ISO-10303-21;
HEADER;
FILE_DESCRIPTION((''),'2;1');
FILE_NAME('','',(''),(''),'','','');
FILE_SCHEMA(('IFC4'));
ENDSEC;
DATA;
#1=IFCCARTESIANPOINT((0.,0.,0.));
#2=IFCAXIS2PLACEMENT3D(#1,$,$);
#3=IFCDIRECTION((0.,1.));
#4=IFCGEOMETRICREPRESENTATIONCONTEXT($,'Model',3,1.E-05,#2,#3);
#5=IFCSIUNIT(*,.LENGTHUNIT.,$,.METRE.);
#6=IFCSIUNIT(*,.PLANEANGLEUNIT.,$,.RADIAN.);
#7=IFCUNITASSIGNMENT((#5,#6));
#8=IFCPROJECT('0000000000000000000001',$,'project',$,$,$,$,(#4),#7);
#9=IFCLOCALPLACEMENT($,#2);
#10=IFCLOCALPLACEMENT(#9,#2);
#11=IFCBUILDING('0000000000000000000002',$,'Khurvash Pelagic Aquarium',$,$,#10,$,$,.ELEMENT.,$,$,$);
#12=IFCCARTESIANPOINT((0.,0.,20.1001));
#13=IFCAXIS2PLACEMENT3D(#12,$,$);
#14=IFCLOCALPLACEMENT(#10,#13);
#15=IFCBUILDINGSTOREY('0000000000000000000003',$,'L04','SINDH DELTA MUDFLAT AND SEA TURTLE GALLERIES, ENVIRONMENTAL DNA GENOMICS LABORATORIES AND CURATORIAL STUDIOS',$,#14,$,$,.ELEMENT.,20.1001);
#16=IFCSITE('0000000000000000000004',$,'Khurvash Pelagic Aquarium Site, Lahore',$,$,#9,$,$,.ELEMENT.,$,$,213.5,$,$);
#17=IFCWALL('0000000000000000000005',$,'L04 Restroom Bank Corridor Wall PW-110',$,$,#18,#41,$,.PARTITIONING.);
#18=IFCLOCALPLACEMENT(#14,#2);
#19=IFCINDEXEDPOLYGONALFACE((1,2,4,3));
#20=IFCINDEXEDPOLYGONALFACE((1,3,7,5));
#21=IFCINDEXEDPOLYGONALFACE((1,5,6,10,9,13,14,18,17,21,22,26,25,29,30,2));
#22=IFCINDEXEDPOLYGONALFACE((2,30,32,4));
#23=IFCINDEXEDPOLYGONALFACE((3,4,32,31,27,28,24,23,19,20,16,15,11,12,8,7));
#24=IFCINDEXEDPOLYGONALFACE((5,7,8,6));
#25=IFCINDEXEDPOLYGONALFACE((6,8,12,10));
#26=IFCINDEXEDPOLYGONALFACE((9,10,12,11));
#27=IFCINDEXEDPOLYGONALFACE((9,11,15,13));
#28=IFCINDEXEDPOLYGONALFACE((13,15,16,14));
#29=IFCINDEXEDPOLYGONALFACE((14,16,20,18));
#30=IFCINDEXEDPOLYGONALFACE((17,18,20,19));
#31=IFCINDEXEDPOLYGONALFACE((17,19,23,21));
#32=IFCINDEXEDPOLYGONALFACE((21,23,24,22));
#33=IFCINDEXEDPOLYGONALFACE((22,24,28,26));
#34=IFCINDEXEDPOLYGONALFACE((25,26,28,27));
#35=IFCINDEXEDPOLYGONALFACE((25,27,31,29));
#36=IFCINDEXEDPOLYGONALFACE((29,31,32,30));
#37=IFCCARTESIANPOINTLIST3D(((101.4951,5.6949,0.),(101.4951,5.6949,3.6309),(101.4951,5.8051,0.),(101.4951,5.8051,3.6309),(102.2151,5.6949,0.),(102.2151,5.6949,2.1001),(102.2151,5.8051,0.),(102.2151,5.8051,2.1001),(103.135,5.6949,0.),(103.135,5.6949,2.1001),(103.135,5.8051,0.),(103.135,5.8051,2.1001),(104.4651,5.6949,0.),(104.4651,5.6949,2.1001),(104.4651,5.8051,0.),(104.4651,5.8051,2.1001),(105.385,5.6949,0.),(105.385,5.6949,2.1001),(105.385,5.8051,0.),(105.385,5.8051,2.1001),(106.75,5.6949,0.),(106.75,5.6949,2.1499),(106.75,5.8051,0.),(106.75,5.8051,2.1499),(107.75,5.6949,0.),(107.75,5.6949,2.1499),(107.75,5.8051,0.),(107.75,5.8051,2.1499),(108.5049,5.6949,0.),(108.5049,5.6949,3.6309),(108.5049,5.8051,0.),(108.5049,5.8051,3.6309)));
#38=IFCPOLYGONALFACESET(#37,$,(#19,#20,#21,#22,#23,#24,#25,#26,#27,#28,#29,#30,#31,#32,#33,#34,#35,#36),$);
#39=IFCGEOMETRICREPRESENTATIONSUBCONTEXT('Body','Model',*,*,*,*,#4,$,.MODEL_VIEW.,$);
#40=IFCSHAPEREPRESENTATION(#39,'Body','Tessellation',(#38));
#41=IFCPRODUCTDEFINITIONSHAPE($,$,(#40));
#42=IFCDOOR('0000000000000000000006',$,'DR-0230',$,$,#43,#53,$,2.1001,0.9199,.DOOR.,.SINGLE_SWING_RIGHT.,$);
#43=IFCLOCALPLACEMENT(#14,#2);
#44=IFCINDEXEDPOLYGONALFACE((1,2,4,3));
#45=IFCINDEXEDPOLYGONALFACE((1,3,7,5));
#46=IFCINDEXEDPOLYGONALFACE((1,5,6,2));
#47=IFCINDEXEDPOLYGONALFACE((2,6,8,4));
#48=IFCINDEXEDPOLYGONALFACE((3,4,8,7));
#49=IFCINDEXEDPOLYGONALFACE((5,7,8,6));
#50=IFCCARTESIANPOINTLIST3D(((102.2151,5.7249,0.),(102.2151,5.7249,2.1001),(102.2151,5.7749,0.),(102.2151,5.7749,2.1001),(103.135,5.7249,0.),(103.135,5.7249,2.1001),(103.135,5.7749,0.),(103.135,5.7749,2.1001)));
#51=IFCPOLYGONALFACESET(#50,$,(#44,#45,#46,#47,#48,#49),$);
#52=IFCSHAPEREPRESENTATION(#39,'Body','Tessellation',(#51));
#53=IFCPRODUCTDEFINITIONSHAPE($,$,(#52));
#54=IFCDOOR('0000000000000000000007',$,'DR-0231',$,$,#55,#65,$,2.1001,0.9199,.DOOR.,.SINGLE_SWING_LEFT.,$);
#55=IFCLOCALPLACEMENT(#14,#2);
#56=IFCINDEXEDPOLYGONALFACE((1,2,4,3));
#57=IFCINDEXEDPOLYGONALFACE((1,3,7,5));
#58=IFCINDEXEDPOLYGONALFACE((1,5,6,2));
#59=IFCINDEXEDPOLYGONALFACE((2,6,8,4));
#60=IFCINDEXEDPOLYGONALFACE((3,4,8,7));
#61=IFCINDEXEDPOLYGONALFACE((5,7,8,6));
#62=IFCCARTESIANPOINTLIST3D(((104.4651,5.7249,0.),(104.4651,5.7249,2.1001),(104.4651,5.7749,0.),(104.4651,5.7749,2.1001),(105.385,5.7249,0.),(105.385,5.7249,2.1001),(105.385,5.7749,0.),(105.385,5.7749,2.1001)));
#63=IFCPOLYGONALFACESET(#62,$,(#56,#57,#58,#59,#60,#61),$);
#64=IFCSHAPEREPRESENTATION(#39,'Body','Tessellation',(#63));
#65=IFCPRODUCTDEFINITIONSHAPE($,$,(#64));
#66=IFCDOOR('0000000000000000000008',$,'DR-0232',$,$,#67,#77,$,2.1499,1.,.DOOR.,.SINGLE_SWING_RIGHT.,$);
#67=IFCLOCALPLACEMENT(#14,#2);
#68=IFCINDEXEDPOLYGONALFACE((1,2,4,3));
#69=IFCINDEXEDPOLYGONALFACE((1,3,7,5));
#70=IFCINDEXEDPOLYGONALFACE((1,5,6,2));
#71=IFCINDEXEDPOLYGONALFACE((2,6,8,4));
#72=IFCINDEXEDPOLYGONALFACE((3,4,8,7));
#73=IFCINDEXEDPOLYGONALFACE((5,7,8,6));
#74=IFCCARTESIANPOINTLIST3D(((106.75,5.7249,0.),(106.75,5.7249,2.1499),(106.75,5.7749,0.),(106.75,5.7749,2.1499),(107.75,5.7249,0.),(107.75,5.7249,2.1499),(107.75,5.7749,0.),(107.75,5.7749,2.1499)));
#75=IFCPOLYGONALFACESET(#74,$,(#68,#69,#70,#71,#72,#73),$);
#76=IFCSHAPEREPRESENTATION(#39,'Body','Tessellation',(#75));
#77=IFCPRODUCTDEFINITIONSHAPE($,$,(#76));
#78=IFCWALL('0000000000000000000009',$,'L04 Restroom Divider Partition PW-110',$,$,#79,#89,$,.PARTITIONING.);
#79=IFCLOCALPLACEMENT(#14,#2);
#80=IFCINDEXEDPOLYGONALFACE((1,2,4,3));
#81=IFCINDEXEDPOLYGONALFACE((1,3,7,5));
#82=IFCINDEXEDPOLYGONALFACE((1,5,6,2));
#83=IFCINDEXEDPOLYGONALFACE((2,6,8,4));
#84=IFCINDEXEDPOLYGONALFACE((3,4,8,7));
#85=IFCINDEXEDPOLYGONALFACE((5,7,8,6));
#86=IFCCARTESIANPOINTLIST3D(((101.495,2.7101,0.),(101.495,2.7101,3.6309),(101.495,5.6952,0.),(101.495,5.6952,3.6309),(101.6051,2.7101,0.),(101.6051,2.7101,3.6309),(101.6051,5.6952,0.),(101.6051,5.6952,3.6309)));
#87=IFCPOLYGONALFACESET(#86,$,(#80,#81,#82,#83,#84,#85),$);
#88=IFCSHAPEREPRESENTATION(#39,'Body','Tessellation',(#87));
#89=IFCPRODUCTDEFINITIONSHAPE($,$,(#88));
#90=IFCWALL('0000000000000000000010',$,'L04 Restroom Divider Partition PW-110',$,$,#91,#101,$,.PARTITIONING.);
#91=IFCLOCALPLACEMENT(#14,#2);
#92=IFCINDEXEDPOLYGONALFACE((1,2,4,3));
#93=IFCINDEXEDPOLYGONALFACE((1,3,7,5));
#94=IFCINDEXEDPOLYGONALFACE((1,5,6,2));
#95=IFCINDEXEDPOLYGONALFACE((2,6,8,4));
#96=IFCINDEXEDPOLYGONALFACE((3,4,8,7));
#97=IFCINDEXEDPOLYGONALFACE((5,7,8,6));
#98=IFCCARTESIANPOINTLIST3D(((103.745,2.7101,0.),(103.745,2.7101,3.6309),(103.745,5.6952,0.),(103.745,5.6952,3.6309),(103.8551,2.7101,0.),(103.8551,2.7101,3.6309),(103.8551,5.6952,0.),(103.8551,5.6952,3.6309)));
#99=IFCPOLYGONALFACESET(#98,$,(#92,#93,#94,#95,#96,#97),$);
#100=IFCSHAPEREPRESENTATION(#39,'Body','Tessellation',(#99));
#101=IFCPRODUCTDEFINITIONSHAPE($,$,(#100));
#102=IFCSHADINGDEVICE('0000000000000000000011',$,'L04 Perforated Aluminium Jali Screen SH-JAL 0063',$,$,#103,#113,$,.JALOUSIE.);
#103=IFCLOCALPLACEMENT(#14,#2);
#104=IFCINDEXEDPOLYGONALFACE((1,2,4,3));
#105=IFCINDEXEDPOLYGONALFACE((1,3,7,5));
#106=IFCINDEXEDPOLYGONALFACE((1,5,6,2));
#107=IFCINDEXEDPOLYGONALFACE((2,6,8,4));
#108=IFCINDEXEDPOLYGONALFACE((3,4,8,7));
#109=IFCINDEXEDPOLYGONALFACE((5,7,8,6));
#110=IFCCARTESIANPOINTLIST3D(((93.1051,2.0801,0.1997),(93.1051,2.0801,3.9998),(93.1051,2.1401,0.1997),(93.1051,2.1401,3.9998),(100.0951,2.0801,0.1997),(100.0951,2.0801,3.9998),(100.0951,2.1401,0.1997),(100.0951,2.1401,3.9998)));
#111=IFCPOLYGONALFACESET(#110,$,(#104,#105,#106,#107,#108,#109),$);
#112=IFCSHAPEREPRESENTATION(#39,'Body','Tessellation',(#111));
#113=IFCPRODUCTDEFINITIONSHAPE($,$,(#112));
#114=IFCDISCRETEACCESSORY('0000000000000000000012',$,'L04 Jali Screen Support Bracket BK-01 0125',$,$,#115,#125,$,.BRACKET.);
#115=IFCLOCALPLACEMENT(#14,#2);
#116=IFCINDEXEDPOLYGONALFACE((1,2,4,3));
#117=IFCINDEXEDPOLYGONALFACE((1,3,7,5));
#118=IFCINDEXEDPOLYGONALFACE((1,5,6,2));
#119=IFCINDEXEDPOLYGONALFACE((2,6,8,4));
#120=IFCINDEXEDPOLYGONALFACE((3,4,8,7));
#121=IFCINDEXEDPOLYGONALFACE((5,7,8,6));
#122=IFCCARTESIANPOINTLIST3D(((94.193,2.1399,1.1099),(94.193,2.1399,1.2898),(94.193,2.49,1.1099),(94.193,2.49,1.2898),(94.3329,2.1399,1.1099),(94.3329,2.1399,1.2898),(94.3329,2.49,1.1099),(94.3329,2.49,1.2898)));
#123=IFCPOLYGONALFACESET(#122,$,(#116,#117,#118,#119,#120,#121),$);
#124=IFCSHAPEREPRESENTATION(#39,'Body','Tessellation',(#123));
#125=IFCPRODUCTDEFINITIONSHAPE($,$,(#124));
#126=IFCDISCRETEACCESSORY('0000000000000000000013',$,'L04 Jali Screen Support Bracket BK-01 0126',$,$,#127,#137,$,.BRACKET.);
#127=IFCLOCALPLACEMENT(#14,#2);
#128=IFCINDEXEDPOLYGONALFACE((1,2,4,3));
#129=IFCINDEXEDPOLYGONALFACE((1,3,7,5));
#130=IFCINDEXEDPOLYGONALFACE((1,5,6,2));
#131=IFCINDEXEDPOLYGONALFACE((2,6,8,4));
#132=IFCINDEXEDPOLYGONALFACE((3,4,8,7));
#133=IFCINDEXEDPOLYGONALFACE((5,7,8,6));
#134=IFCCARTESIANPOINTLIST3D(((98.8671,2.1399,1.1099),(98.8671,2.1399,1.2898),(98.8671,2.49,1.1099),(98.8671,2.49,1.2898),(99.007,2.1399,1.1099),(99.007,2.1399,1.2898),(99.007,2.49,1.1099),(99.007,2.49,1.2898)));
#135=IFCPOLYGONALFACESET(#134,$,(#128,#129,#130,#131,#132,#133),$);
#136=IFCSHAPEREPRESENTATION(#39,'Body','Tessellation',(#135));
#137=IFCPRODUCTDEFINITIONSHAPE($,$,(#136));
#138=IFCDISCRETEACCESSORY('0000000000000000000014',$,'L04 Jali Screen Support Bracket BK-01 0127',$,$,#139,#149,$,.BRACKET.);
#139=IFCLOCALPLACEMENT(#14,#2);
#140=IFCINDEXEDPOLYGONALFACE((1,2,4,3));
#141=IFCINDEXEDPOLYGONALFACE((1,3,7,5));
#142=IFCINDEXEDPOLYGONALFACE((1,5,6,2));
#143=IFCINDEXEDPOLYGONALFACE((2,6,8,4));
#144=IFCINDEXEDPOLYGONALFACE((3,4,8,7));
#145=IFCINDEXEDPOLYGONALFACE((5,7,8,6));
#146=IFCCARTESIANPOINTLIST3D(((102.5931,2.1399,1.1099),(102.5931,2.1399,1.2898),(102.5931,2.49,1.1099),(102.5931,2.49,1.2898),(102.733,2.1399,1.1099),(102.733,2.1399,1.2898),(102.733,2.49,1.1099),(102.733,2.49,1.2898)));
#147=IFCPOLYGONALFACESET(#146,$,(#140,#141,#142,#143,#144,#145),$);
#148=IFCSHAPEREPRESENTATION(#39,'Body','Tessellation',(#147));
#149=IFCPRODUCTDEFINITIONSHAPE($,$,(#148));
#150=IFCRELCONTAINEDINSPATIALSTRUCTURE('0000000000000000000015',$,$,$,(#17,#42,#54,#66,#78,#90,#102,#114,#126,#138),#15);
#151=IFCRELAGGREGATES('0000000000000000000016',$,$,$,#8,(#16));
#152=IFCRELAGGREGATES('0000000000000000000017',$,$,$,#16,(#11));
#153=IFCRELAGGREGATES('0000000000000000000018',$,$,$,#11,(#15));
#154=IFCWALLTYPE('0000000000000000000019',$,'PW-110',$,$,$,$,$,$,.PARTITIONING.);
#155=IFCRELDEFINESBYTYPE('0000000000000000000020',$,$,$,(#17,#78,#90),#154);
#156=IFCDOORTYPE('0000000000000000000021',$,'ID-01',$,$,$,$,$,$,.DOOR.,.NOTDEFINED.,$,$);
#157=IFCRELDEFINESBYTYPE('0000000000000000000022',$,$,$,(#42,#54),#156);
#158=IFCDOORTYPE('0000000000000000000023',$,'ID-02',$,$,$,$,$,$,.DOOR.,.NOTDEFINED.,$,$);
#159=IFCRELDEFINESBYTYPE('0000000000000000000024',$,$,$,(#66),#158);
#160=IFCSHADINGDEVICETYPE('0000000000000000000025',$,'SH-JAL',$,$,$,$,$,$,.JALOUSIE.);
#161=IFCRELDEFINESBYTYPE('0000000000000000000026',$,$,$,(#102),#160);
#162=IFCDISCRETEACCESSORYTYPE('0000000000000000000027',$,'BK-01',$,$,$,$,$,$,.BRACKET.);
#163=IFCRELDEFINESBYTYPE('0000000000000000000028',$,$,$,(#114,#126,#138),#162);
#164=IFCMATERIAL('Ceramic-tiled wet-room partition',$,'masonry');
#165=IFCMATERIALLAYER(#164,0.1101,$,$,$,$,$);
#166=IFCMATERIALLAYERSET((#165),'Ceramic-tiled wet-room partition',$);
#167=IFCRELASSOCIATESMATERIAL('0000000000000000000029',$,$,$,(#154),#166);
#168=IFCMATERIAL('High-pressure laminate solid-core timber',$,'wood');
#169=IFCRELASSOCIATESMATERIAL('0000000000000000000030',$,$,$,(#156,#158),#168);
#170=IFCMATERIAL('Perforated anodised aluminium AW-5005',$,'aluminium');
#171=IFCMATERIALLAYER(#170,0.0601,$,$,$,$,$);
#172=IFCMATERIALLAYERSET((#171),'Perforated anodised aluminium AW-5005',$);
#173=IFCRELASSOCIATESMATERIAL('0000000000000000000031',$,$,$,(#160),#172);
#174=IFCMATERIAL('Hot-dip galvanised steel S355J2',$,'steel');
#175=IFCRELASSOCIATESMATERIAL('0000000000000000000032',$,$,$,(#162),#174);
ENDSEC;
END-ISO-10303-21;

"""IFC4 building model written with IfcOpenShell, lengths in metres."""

from ifc_helpers import new_model, si_unit, direction, frame, frame_2d, origin, origin_2d, place, context, subcontext, project, spatial, rectangle, extrude, material, layer, layer_set, type_object, element, fill, save


model = new_model("IFC4")

# Units and contexts
model_context = context("Model", 3, precision=1e-05, world=origin(), true_north=direction((0.0, 1.0)))
body_context = subcontext(model_context, "Body", "Model", "MODEL_VIEW")
ifc_project = project(units=[si_unit("LENGTHUNIT", "METRE"), si_unit("PLANEANGLEUNIT", "RADIAN")], contexts=[model_context])

# Site, building, storey
site_placement = place(None, origin())
site = spatial("IfcSite", under=ifc_project, at=site_placement, Name="Khurvash Pelagic Aquarium Site, Lahore", CompositionType="ELEMENT", RefElevation=213.5)
building_placement = place(site_placement, origin())
building = spatial("IfcBuilding", under=site, at=building_placement, Name="Khurvash Pelagic Aquarium", CompositionType="ELEMENT")
storey_placement = place(building_placement, frame((0.0, 0.0, 20.1001)))
storey = spatial("IfcBuildingStorey", under=building, at=storey_placement, Name="L04", Description="SINDH DELTA MUDFLAT AND SEA TURTLE GALLERIES, ENVIRONMENTAL DNA GENOMICS LABORATORIES AND CURATORIAL STUDIOS", CompositionType="ELEMENT", Elevation=20.1001)

# Wall, openings, doors
ifc_material_1 = material(Name="Ceramic-tiled wet-room partition", Category="masonry")
ifc_layer_1 = layer(ifc_material_1, 0.1101)
ifc_layer_set_1 = layer_set([ifc_layer_1], Name="Ceramic-tiled wet-room partition")
wall_type_1 = type_object("IfcWallType", Name="PW-110", PredefinedType="PARTITIONING", material=ifc_layer_set_1)
wall_1_placement = place(storey_placement, frame((101.4951, 5.75, 0.0), z_axis=(0.0, 0.0, 1.0), x_axis=(1.0, 0.0, 0.0)))
wall_1 = element("IfcWall", 1, at=wall_1_placement, inside=storey, type_object=wall_type_1, Name="L04 Restroom Bank Corridor Wall PW-110", PredefinedType="PARTITIONING", context=body_context, shape_type="SweptSolid", body=[
    extrude(rectangle(XDim=7.0098, YDim=0.1101, at=frame_2d((3.5049, 0.0))), origin(), (0.0, 0.0, 1.0), 3.6309),
])
opening_1_placement = place(wall_1_placement, frame((0.72, 0.0, 0.0)))
opening_1 = element("IfcOpeningElement", 2, at=opening_1_placement, cuts=wall_1, PredefinedType="OPENING", context=body_context, shape_type="SweptSolid", body=[
    extrude(rectangle(XDim=0.9199, YDim=2.1001, at=frame_2d((0.46, 1.05))), frame((0.0, 0.0649, 0.0), z_axis=(0.0, -1.0, 0.0), x_axis=(1.0, 0.0, 0.0)), (0.0, 0.0, 1.0), 0.1301),
])
opening_2_placement = place(wall_1_placement, frame((2.97, 0.0, 0.0)))
opening_2 = element("IfcOpeningElement", 3, at=opening_2_placement, cuts=wall_1, PredefinedType="OPENING", context=body_context, shape_type="SweptSolid", body=[
    extrude(rectangle(XDim=0.9199, YDim=2.1001, at=frame_2d((0.46, 1.05))), frame((0.0, 0.0649, 0.0), z_axis=(0.0, -1.0, 0.0), x_axis=(1.0, 0.0, 0.0)), (0.0, 0.0, 1.0), 0.1301),
])
opening_3_placement = place(wall_1_placement, frame((5.2549, 0.0, 0.0)))
opening_3 = element("IfcOpeningElement", 4, at=opening_3_placement, cuts=wall_1, PredefinedType="OPENING", context=body_context, shape_type="SweptSolid", body=[
    extrude(rectangle(XDim=1.0, YDim=2.1499, at=frame_2d((0.5, 1.075))), frame((0.0, 0.0649, 0.0), z_axis=(0.0, -1.0, 0.0), x_axis=(1.0, 0.0, 0.0)), (0.0, 0.0, 1.0), 0.1301),
])
ifc_material_2 = material(Name="High-pressure laminate solid-core timber", Category="wood")
door_type_1 = type_object("IfcDoorType", Name="ID-01", OperationType="NOTDEFINED", PredefinedType="DOOR", material=ifc_material_2)
door_1_placement = place(opening_1_placement, origin())
door_1 = element("IfcDoor", 5, at=door_1_placement, inside=storey, type_object=door_type_1, Name="DR-0230", OperationType="SINGLE_SWING_RIGHT", OverallHeight=2.1001, OverallWidth=0.9199, PredefinedType="DOOR", context=body_context, shape_type="SweptSolid", body=[
    extrude(rectangle(XDim=0.9199, YDim=2.1001, at=frame_2d((0.46, 1.05))), frame((0.0, 0.0249, 0.0), z_axis=(0.0, -1.0, 0.0), x_axis=(1.0, 0.0, 0.0)), (0.0, 0.0, 1.0), 0.05),
])
fill(opening_1, door_1)
door_2_placement = place(opening_2_placement, origin())
door_2 = element("IfcDoor", 6, at=door_2_placement, inside=storey, type_object=door_type_1, Name="DR-0231", OperationType="SINGLE_SWING_LEFT", OverallHeight=2.1001, OverallWidth=0.9199, PredefinedType="DOOR", context=body_context, shape_type="SweptSolid", body=[
    extrude(rectangle(XDim=0.9199, YDim=2.1001, at=frame_2d((0.46, 1.05))), frame((0.0, 0.0249, 0.0), z_axis=(0.0, -1.0, 0.0), x_axis=(1.0, 0.0, 0.0)), (0.0, 0.0, 1.0), 0.05),
])
fill(opening_2, door_2)
door_type_2 = type_object("IfcDoorType", Name="ID-02", OperationType="NOTDEFINED", PredefinedType="DOOR", material=ifc_material_2)
door_3_placement = place(opening_3_placement, origin())
door_3 = element("IfcDoor", 7, at=door_3_placement, inside=storey, type_object=door_type_2, Name="DR-0232", OperationType="SINGLE_SWING_RIGHT", OverallHeight=2.1499, OverallWidth=1.0, PredefinedType="DOOR", context=body_context, shape_type="SweptSolid", body=[
    extrude(rectangle(XDim=1.0, YDim=2.1499, at=frame_2d((0.5, 1.075))), frame((0.0, 0.0249, 0.0), z_axis=(0.0, -1.0, 0.0), x_axis=(1.0, 0.0, 0.0)), (0.0, 0.0, 1.0), 0.05),
])
fill(opening_3, door_3)

# Walls
for number, where, z_axis, x_axis, name in (
    (8, (101.55, 2.71, 0.0), (0.0, 0.0, 1.0), (0.0, 1.0, 0.0), "L04 Restroom Divider Partition PW-110"),
    (9, (103.8, 2.71, 0.0), (0.0, 0.0, 1.0), (0.0, 1.0, 0.0), "L04 Restroom Divider Partition PW-110"),
):
    element("IfcWall", number, at=place(storey_placement, frame(where, z_axis=z_axis, x_axis=x_axis)), inside=storey, type_object=wall_type_1, Name=name, PredefinedType="PARTITIONING", context=body_context, shape_type="SweptSolid", body=[
        extrude(rectangle(XDim=2.9851, YDim=0.1101, at=frame_2d((1.4927, 0.0))), origin(), (0.0, 0.0, 1.0), 3.6309),
    ])

# Shading device
ifc_material_3 = material(Name="Perforated anodised aluminium AW-5005", Category="aluminium")
ifc_layer_2 = layer(ifc_material_3, 0.0601)
ifc_layer_set_2 = layer_set([ifc_layer_2], Name="Perforated anodised aluminium AW-5005")
shading_device_type = type_object("IfcShadingDeviceType", Name="SH-JAL", PredefinedType="JALOUSIE", material=ifc_layer_set_2)
shading_device_placement = place(storey_placement, frame((96.6001, 2.1101, 0.1997), z_axis=(0.0, 0.0, 1.0), x_axis=(1.0, 0.0, 0.0)))
element("IfcShadingDevice", 10, at=shading_device_placement, inside=storey, type_object=shading_device_type, Name="L04 Perforated Aluminium Jali Screen SH-JAL 0063", PredefinedType="JALOUSIE", context=body_context, shape_type="SweptSolid", body=[
    extrude(rectangle(XDim=6.99, YDim=0.0601, at=origin_2d()), origin(), (0.0, 0.0, 1.0), 3.8),
])

# Discrete accessories
ifc_material_4 = material(Name="Hot-dip galvanised steel S355J2", Category="steel")
discrete_accessory_type = type_object("IfcDiscreteAccessoryType", Name="BK-01", PredefinedType="BRACKET", material=ifc_material_4)
for number, where, z_axis, x_axis, name in (
    (11, (94.2629, 2.3149, 1.1099), (0.0, 0.0, 1.0), (1.0, 0.0, 0.0), "L04 Jali Screen Support Bracket BK-01 0125"),
    (12, (98.937, 2.3149, 1.1099), (0.0, 0.0, 1.0), (1.0, 0.0, 0.0), "L04 Jali Screen Support Bracket BK-01 0126"),
    (13, (102.6631, 2.3149, 1.1099), (0.0, 0.0, 1.0), (1.0, 0.0, 0.0), "L04 Jali Screen Support Bracket BK-01 0127"),
):
    element("IfcDiscreteAccessory", number, at=place(storey_placement, frame(where, z_axis=z_axis, x_axis=x_axis)), inside=storey, type_object=discrete_accessory_type, Name=name, PredefinedType="BRACKET", context=body_context, shape_type="SweptSolid", body=[
        extrude(rectangle(XDim=0.1399, YDim=0.3501, at=origin_2d()), origin(), (0.0, 0.0, 1.0), 0.1799),
    ])

save(model, "model.ifc")
